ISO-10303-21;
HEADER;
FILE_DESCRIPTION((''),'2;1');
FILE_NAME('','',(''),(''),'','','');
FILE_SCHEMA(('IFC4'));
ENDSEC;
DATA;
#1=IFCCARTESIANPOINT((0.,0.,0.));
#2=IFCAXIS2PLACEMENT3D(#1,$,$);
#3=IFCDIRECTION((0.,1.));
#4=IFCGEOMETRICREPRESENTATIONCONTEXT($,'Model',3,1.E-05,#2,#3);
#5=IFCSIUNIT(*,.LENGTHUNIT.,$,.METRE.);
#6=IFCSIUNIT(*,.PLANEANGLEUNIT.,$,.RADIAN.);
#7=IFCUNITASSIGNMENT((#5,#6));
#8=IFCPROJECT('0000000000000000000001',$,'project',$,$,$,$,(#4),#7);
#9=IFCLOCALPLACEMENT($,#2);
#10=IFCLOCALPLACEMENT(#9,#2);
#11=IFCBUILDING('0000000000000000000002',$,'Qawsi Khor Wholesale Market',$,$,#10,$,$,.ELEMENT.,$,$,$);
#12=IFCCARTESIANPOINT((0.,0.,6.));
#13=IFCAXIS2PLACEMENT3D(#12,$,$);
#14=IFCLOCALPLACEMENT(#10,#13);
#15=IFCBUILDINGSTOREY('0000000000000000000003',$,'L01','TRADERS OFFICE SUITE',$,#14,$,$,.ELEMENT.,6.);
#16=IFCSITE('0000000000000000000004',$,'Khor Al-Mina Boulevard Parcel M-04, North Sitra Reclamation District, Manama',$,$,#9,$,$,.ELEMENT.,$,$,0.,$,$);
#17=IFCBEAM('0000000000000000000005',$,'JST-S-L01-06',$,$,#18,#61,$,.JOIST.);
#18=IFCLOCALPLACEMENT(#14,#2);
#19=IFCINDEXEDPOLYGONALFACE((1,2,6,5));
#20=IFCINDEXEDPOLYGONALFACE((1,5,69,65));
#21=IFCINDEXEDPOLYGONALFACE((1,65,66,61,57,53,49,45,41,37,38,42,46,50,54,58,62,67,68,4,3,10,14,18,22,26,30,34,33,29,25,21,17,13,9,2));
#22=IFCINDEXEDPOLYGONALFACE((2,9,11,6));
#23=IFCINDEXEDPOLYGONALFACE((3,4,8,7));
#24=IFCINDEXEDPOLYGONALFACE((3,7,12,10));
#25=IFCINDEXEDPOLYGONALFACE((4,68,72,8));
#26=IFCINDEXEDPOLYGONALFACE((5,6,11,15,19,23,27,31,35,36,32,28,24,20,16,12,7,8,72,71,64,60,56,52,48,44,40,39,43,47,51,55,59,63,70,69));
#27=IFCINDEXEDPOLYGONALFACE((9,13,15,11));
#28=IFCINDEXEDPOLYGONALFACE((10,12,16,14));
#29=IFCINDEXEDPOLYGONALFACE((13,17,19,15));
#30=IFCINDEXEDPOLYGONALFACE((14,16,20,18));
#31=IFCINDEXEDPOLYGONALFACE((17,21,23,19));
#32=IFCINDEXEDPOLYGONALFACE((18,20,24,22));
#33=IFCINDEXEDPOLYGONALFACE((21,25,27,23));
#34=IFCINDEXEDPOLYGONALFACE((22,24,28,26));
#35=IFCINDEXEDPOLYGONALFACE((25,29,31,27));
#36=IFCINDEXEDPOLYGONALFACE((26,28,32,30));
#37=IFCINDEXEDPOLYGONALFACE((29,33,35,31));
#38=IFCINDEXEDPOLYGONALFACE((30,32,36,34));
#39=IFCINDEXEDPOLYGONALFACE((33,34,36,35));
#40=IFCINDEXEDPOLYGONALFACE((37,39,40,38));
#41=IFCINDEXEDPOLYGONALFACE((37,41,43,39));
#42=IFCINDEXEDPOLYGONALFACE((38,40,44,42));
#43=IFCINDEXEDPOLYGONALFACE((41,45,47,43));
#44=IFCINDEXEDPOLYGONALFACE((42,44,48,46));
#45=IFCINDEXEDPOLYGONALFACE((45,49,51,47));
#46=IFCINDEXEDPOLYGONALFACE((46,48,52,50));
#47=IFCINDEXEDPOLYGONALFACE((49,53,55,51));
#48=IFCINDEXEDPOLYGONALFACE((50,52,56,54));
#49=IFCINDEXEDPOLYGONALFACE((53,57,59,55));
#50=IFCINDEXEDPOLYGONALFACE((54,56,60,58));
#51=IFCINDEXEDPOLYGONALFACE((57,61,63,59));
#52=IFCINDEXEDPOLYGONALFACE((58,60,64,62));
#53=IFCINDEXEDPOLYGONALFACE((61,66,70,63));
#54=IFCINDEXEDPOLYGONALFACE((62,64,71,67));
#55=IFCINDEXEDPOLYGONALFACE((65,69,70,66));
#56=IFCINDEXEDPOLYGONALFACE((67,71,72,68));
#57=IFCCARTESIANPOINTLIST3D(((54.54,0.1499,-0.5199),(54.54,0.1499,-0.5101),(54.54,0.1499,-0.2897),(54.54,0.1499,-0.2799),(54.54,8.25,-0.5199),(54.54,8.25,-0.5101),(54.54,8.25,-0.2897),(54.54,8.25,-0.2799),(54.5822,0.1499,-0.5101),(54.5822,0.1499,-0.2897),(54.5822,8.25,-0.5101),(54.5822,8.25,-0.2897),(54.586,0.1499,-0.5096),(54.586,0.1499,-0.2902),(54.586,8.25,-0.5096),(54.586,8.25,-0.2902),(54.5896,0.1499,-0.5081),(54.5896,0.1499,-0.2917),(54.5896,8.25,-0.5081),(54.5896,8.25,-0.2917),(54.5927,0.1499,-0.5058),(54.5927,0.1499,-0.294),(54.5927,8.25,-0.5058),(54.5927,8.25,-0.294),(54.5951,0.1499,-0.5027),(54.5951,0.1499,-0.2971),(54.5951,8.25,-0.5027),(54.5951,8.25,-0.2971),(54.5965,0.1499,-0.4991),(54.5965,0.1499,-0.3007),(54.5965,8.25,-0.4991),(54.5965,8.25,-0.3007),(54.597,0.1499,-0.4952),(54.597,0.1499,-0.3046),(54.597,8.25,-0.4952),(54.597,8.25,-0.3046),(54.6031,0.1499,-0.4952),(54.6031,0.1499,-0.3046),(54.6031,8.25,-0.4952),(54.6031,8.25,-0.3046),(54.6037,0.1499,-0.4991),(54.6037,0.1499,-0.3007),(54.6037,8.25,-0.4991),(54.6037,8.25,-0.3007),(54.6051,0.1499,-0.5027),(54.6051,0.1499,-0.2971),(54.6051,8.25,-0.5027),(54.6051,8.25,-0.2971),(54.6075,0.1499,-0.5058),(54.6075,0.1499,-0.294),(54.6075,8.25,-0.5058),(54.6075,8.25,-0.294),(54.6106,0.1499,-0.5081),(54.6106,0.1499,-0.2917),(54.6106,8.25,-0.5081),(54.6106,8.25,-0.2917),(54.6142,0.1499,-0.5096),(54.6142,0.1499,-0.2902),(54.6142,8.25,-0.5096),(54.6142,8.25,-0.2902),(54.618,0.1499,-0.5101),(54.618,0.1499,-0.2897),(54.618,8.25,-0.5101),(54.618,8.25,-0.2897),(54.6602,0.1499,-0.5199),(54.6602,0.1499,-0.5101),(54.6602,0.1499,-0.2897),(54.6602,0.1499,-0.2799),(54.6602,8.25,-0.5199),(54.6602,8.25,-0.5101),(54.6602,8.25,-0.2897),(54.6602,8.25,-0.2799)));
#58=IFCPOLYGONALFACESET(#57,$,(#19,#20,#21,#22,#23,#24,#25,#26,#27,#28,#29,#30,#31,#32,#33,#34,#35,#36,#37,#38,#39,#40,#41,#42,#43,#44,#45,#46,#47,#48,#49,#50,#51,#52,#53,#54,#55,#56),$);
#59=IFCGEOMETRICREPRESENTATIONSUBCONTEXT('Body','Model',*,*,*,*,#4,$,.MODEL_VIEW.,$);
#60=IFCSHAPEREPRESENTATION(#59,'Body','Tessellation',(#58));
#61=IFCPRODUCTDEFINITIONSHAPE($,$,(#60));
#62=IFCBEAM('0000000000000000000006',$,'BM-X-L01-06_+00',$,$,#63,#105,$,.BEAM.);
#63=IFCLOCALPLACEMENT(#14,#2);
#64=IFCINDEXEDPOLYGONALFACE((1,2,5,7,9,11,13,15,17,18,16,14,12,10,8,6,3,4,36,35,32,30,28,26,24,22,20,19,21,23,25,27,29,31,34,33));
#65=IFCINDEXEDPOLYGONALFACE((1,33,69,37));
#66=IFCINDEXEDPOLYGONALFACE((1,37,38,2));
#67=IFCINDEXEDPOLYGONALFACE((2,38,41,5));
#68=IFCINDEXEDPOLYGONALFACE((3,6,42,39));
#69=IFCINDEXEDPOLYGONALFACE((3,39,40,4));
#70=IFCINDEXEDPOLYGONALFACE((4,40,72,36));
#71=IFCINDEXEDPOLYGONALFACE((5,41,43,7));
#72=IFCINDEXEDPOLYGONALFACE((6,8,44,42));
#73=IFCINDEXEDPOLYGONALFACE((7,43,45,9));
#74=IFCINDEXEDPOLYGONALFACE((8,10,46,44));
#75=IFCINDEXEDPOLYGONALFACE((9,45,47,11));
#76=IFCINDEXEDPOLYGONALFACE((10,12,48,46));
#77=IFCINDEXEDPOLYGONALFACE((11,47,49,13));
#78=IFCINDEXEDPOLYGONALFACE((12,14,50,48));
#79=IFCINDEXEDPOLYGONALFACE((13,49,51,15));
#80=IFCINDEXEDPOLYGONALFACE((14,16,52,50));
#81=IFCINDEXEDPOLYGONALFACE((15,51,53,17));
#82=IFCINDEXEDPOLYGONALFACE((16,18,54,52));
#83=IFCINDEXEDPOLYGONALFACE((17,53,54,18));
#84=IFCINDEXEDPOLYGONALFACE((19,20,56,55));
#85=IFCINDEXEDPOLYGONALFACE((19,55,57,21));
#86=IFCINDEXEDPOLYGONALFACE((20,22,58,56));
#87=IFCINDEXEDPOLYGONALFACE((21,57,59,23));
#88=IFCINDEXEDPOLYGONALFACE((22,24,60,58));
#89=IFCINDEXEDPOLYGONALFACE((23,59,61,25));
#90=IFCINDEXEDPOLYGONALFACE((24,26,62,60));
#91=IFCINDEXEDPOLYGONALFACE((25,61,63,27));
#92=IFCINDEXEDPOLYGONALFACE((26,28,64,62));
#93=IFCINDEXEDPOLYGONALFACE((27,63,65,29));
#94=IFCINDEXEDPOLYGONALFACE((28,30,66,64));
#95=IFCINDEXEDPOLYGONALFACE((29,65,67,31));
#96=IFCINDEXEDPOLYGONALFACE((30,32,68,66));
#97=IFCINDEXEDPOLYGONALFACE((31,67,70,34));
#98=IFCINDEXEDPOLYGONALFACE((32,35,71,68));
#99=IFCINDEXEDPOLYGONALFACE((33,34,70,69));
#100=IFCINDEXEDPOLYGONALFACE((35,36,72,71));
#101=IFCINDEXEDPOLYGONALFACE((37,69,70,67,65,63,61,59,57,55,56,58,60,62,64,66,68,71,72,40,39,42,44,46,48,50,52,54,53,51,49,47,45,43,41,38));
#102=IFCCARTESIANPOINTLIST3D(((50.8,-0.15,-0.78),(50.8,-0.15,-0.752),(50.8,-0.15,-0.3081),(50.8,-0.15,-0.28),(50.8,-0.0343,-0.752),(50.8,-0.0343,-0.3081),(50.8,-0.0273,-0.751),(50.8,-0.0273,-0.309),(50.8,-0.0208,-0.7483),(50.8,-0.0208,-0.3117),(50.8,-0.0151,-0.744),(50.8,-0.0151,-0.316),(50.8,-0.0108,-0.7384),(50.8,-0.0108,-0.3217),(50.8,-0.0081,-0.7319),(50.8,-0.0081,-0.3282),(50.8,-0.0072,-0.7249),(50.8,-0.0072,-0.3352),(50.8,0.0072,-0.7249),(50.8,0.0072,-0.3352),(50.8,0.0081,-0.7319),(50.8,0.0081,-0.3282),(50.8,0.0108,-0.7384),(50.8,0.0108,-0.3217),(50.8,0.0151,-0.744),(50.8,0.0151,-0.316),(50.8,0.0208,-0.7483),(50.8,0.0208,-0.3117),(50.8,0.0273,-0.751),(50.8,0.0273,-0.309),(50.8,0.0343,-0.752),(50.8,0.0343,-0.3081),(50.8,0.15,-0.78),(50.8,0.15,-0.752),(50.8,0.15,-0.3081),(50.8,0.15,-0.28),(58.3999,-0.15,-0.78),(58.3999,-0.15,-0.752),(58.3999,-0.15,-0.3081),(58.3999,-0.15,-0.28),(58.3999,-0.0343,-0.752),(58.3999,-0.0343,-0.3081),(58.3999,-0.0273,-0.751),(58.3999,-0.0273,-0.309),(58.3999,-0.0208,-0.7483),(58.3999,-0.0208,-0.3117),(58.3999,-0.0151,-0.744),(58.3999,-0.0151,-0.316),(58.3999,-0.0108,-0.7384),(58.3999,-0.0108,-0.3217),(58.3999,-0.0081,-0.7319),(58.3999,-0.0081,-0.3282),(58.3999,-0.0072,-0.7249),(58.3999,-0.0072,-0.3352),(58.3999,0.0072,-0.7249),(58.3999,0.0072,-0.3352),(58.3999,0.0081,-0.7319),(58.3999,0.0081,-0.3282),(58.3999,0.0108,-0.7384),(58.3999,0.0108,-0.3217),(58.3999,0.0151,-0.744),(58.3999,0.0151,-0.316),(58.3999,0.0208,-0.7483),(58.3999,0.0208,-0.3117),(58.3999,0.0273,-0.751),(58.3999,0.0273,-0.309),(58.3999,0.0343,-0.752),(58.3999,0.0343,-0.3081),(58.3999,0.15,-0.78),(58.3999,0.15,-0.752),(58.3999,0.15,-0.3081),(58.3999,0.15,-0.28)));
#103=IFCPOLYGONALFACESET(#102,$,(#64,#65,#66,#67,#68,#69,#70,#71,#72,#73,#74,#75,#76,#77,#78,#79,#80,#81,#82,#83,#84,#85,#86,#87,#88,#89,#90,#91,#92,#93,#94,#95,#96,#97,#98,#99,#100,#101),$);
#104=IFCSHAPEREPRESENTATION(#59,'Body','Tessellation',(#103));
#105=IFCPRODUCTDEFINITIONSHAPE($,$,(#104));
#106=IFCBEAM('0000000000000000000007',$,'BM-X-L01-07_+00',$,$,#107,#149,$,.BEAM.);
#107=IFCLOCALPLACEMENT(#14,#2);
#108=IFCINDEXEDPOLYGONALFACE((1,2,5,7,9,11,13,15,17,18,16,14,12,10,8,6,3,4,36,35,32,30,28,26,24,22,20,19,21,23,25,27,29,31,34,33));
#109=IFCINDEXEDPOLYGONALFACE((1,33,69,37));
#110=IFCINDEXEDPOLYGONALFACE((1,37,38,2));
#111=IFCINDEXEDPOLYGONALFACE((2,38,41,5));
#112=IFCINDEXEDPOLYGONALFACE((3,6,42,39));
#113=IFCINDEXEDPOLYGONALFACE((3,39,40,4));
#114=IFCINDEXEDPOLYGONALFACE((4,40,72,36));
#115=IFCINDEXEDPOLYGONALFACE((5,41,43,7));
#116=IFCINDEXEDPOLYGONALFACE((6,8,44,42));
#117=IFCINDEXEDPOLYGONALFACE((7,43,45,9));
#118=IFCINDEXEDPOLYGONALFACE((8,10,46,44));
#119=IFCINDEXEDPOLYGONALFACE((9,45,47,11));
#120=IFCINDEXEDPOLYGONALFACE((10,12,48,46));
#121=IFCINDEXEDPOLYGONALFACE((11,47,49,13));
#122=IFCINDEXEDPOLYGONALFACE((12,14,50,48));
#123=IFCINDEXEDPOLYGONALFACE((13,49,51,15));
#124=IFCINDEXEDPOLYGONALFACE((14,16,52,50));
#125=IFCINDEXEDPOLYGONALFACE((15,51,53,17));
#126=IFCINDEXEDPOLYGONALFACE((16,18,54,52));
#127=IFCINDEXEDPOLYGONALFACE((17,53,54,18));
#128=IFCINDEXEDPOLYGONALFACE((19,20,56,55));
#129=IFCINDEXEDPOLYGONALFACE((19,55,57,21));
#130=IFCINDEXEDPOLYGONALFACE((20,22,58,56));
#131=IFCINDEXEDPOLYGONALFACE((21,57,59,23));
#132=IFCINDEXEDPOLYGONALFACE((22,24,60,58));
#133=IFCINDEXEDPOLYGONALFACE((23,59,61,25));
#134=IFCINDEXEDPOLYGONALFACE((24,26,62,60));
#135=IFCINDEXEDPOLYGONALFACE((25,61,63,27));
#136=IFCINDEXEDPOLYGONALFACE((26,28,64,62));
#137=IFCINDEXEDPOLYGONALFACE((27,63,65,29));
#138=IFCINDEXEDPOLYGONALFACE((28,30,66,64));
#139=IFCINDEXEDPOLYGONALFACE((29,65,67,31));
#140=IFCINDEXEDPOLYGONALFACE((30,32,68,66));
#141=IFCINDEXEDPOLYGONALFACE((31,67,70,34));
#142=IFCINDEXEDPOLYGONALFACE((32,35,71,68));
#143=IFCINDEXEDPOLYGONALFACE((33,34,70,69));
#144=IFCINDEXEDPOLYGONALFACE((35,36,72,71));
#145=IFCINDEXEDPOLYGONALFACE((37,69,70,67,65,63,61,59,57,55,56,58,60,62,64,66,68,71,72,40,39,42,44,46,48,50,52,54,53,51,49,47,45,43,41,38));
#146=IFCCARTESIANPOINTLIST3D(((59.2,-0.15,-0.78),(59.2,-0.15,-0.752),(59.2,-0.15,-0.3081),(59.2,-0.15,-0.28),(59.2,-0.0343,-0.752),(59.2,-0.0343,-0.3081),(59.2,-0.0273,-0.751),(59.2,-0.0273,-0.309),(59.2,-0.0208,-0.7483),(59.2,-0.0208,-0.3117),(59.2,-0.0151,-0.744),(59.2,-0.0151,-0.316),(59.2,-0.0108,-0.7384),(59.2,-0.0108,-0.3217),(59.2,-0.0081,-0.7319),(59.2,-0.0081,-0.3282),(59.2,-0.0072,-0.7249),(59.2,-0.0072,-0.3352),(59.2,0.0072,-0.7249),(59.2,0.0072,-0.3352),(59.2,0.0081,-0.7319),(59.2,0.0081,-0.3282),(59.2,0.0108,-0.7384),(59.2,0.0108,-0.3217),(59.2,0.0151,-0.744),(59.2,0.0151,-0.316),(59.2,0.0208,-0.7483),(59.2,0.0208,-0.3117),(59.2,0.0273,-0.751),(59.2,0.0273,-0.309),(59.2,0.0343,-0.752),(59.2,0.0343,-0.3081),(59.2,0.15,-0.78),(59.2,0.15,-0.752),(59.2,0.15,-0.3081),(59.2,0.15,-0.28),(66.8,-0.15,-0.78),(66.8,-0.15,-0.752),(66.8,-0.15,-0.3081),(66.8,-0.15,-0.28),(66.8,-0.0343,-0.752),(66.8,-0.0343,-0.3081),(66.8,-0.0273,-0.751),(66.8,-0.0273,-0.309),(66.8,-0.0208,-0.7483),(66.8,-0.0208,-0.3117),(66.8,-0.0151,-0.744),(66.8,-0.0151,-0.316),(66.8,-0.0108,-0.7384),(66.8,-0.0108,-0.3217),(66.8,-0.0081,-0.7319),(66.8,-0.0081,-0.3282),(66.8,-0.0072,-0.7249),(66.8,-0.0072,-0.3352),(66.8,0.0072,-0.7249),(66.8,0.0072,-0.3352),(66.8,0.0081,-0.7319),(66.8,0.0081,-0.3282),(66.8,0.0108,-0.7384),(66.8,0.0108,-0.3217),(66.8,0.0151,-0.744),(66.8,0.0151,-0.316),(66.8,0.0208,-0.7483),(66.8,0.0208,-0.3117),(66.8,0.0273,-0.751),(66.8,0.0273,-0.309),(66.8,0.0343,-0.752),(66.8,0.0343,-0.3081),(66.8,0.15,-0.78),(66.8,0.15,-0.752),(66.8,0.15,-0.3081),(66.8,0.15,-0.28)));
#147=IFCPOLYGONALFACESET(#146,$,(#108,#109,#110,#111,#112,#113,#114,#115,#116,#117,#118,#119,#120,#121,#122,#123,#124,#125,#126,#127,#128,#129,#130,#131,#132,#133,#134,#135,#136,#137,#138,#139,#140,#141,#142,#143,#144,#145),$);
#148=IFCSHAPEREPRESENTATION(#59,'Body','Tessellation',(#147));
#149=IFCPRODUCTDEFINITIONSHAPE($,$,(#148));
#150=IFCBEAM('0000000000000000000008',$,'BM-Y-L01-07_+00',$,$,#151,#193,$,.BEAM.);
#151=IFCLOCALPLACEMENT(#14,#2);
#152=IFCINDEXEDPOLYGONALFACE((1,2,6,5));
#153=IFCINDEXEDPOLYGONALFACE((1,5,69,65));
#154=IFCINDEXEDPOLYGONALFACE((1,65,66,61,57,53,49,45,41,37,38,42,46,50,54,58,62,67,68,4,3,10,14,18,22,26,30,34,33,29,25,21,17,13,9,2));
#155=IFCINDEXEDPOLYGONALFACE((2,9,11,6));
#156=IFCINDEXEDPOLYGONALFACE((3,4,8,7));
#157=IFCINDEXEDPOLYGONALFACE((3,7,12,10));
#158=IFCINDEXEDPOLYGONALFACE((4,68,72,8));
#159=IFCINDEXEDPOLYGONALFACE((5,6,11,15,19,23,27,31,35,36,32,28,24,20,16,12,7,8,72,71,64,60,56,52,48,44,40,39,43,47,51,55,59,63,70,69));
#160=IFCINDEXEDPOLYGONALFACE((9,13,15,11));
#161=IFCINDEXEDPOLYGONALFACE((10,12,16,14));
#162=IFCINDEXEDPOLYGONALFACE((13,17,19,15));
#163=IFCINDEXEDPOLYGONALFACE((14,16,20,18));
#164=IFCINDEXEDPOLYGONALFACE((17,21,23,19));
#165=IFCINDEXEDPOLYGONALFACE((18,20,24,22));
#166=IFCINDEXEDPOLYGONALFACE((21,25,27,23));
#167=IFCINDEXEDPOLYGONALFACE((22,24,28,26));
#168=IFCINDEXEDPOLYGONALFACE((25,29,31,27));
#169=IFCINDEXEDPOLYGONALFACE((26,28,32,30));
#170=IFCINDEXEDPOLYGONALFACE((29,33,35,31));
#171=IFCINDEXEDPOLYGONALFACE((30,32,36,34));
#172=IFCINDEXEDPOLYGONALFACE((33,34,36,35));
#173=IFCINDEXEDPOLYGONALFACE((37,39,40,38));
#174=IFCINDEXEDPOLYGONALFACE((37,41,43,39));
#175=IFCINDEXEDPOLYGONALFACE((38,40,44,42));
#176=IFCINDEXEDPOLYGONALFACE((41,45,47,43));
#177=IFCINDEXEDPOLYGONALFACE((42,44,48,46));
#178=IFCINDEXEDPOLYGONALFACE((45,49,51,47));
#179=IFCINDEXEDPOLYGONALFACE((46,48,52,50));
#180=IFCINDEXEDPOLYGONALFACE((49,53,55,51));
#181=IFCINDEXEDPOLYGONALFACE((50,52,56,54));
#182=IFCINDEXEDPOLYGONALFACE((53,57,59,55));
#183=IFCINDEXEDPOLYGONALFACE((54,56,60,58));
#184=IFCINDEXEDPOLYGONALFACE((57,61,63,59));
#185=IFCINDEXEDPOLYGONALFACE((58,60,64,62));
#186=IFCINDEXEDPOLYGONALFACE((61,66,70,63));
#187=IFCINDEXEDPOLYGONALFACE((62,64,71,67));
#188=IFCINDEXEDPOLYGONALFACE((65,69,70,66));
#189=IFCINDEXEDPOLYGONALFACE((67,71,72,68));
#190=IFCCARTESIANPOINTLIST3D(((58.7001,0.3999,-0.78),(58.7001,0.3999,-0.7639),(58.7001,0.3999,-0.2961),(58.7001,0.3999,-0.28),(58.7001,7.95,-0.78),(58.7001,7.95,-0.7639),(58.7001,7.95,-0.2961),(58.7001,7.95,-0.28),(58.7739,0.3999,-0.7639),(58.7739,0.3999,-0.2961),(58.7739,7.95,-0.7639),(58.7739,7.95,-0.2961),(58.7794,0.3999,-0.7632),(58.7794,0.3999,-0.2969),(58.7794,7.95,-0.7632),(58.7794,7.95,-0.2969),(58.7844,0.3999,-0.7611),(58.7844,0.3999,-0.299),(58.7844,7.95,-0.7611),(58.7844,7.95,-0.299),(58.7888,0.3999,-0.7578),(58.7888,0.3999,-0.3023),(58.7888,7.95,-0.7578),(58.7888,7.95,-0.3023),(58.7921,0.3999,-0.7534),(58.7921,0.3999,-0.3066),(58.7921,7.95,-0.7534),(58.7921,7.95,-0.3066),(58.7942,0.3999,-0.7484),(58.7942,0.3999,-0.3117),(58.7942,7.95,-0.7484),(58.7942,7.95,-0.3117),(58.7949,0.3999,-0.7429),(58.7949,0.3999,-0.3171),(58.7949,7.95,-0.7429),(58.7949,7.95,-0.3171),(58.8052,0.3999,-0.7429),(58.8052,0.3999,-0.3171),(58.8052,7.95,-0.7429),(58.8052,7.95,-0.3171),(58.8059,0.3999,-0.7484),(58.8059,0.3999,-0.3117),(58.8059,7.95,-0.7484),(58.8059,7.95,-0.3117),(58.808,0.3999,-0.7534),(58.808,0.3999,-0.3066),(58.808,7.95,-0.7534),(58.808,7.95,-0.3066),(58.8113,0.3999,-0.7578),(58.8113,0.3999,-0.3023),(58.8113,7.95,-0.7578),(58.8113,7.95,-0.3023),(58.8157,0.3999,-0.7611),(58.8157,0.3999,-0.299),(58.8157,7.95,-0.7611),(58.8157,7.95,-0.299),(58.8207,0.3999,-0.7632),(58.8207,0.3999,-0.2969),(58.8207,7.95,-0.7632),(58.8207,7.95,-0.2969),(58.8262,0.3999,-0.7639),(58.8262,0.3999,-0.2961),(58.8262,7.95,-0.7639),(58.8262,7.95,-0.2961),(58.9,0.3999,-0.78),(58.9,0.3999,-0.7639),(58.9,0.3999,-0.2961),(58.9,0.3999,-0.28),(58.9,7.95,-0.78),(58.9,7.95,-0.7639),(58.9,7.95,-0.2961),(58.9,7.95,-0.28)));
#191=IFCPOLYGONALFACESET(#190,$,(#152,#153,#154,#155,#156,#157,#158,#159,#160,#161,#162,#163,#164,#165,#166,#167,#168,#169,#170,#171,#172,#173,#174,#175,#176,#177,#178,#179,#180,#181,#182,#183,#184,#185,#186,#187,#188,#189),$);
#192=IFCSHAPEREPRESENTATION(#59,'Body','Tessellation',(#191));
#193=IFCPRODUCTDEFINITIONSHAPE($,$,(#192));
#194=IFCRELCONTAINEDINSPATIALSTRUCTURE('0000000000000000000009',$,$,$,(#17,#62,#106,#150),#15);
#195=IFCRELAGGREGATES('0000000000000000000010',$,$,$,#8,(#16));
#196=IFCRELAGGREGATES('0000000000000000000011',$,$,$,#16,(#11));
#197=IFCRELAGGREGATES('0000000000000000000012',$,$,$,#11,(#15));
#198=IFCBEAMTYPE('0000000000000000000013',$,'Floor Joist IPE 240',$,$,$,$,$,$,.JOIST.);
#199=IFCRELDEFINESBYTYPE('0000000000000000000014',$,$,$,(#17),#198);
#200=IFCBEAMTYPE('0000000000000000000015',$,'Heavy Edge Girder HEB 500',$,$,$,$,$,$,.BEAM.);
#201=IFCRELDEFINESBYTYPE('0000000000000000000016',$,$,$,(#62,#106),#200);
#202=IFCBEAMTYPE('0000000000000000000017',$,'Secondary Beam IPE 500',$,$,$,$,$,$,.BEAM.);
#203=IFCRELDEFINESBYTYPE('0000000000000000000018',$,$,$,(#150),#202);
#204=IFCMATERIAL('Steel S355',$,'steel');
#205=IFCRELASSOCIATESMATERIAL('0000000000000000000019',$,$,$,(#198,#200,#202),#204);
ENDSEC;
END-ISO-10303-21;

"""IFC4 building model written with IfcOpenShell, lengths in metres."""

from ifc_helpers import new_model, si_unit, direction, frame, origin, origin_2d, place, context, subcontext, project, spatial, i_section, extrude, material, material_profile, profile_set, type_object, element, save


model = new_model("IFC4")

# Units and contexts
model_context = context("Model", 3, precision=1e-05, world=origin(), true_north=direction((0.0, 1.0)))
body_context = subcontext(model_context, "Body", "Model", "MODEL_VIEW")
ifc_project = project(units=[si_unit("LENGTHUNIT", "METRE"), si_unit("PLANEANGLEUNIT", "RADIAN")], contexts=[model_context])

# Site, building, storey
site_placement = place(None, origin())
site = spatial("IfcSite", under=ifc_project, at=site_placement, Name="Khor Al-Mina Boulevard Parcel M-04, North Sitra Reclamation District, Manama", CompositionType="ELEMENT", RefElevation=0.0)
building_placement = place(site_placement, origin())
building = spatial("IfcBuilding", under=site, at=building_placement, Name="Qawsi Khor Wholesale Market", CompositionType="ELEMENT")
storey_placement = place(building_placement, frame((0.0, 0.0, 6.0)))
storey = spatial("IfcBuildingStorey", under=building, at=storey_placement, Name="L01", Description="TRADERS OFFICE SUITE", CompositionType="ELEMENT", Elevation=6.0)

# Shared definitions
ifc_material_1 = material(Name="Steel S355", Category="steel")

# Beams
ifc_material_profile_1 = material_profile(ifc_material_1, i_section(OverallWidth=0.1201, OverallDepth=0.24, WebThickness=0.0061, FlangeThickness=0.0098, FilletRadius=0.0149, at=origin_2d()), Name="IPE 240")
ifc_profile_set_1 = profile_set([ifc_material_profile_1], Name="Steel S355")
beam_type_1 = type_object("IfcBeamType", Name="Floor Joist IPE 240", PredefinedType="JOIST", material=ifc_profile_set_1)
beam_1_placement = place(storey_placement, frame((54.6001, 0.1499, -0.3999), z_axis=(0.0, 1.0, 0.0), x_axis=(-1.0, 0.0, 0.0)))
element("IfcBeam", 1, at=beam_1_placement, inside=storey, type_object=beam_type_1, Name="JST-S-L01-06", PredefinedType="JOIST", context=body_context, shape_type="SweptSolid", body=[
    extrude(i_section(OverallWidth=0.1201, OverallDepth=0.24, WebThickness=0.0061, FlangeThickness=0.0098, FilletRadius=0.0149, at=origin_2d()), origin(), (0.0, 0.0, 1.0), 8.1001),
])
ifc_material_profile_2 = material_profile(ifc_material_1, i_section(OverallWidth=0.3, OverallDepth=0.5, WebThickness=0.0144, FlangeThickness=0.0281, FilletRadius=0.0271, at=origin_2d()), Name="HEB 500")
ifc_profile_set_2 = profile_set([ifc_material_profile_2], Name="Steel S355")
beam_type_2 = type_object("IfcBeamType", Name="Heavy Edge Girder HEB 500", PredefinedType="BEAM", material=ifc_profile_set_2)
beam_2_placement = place(storey_placement, frame((50.8, 0.0, -0.53), z_axis=(1.0, 0.0, 0.0), x_axis=(0.0, 1.0, 0.0)))
element("IfcBeam", 2, at=beam_2_placement, inside=storey, type_object=beam_type_2, Name="BM-X-L01-06_+00", PredefinedType="BEAM", context=body_context, shape_type="SweptSolid", body=[
    extrude(i_section(OverallWidth=0.3, OverallDepth=0.5, WebThickness=0.0144, FlangeThickness=0.0281, FilletRadius=0.0271, at=origin_2d()), origin(), (0.0, 0.0, 1.0), 7.5999),
])
beam_3_placement = place(storey_placement, frame((59.2, 0.0, -0.53), z_axis=(1.0, 0.0, 0.0), x_axis=(0.0, 1.0, 0.0)))
element("IfcBeam", 3, at=beam_3_placement, inside=storey, type_object=beam_type_2, Name="BM-X-L01-07_+00", PredefinedType="BEAM", context=body_context, shape_type="SweptSolid", body=[
    extrude(i_section(OverallWidth=0.3, OverallDepth=0.5, WebThickness=0.0144, FlangeThickness=0.0281, FilletRadius=0.0271, at=origin_2d()), origin(), (0.0, 0.0, 1.0), 7.6001),
])
ifc_material_profile_3 = material_profile(ifc_material_1, i_section(OverallWidth=0.2, OverallDepth=0.5, WebThickness=0.0103, FlangeThickness=0.0161, FilletRadius=0.021, at=origin_2d()), Name="IPE 500")
ifc_profile_set_3 = profile_set([ifc_material_profile_3], Name="Steel S355")
beam_type_3 = type_object("IfcBeamType", Name="Secondary Beam IPE 500", PredefinedType="BEAM", material=ifc_profile_set_3)
beam_4_placement = place(storey_placement, frame((58.8, 0.3999, -0.53), z_axis=(0.0, 1.0, 0.0), x_axis=(-1.0, 0.0, 0.0)))
element("IfcBeam", 4, at=beam_4_placement, inside=storey, type_object=beam_type_3, Name="BM-Y-L01-07_+00", PredefinedType="BEAM", context=body_context, shape_type="SweptSolid", body=[
    extrude(i_section(OverallWidth=0.2, OverallDepth=0.5, WebThickness=0.0103, FlangeThickness=0.0161, FilletRadius=0.021, at=origin_2d()), origin(), (0.0, 0.0, 1.0), 7.55),
])

save(model, "model.ifc")
